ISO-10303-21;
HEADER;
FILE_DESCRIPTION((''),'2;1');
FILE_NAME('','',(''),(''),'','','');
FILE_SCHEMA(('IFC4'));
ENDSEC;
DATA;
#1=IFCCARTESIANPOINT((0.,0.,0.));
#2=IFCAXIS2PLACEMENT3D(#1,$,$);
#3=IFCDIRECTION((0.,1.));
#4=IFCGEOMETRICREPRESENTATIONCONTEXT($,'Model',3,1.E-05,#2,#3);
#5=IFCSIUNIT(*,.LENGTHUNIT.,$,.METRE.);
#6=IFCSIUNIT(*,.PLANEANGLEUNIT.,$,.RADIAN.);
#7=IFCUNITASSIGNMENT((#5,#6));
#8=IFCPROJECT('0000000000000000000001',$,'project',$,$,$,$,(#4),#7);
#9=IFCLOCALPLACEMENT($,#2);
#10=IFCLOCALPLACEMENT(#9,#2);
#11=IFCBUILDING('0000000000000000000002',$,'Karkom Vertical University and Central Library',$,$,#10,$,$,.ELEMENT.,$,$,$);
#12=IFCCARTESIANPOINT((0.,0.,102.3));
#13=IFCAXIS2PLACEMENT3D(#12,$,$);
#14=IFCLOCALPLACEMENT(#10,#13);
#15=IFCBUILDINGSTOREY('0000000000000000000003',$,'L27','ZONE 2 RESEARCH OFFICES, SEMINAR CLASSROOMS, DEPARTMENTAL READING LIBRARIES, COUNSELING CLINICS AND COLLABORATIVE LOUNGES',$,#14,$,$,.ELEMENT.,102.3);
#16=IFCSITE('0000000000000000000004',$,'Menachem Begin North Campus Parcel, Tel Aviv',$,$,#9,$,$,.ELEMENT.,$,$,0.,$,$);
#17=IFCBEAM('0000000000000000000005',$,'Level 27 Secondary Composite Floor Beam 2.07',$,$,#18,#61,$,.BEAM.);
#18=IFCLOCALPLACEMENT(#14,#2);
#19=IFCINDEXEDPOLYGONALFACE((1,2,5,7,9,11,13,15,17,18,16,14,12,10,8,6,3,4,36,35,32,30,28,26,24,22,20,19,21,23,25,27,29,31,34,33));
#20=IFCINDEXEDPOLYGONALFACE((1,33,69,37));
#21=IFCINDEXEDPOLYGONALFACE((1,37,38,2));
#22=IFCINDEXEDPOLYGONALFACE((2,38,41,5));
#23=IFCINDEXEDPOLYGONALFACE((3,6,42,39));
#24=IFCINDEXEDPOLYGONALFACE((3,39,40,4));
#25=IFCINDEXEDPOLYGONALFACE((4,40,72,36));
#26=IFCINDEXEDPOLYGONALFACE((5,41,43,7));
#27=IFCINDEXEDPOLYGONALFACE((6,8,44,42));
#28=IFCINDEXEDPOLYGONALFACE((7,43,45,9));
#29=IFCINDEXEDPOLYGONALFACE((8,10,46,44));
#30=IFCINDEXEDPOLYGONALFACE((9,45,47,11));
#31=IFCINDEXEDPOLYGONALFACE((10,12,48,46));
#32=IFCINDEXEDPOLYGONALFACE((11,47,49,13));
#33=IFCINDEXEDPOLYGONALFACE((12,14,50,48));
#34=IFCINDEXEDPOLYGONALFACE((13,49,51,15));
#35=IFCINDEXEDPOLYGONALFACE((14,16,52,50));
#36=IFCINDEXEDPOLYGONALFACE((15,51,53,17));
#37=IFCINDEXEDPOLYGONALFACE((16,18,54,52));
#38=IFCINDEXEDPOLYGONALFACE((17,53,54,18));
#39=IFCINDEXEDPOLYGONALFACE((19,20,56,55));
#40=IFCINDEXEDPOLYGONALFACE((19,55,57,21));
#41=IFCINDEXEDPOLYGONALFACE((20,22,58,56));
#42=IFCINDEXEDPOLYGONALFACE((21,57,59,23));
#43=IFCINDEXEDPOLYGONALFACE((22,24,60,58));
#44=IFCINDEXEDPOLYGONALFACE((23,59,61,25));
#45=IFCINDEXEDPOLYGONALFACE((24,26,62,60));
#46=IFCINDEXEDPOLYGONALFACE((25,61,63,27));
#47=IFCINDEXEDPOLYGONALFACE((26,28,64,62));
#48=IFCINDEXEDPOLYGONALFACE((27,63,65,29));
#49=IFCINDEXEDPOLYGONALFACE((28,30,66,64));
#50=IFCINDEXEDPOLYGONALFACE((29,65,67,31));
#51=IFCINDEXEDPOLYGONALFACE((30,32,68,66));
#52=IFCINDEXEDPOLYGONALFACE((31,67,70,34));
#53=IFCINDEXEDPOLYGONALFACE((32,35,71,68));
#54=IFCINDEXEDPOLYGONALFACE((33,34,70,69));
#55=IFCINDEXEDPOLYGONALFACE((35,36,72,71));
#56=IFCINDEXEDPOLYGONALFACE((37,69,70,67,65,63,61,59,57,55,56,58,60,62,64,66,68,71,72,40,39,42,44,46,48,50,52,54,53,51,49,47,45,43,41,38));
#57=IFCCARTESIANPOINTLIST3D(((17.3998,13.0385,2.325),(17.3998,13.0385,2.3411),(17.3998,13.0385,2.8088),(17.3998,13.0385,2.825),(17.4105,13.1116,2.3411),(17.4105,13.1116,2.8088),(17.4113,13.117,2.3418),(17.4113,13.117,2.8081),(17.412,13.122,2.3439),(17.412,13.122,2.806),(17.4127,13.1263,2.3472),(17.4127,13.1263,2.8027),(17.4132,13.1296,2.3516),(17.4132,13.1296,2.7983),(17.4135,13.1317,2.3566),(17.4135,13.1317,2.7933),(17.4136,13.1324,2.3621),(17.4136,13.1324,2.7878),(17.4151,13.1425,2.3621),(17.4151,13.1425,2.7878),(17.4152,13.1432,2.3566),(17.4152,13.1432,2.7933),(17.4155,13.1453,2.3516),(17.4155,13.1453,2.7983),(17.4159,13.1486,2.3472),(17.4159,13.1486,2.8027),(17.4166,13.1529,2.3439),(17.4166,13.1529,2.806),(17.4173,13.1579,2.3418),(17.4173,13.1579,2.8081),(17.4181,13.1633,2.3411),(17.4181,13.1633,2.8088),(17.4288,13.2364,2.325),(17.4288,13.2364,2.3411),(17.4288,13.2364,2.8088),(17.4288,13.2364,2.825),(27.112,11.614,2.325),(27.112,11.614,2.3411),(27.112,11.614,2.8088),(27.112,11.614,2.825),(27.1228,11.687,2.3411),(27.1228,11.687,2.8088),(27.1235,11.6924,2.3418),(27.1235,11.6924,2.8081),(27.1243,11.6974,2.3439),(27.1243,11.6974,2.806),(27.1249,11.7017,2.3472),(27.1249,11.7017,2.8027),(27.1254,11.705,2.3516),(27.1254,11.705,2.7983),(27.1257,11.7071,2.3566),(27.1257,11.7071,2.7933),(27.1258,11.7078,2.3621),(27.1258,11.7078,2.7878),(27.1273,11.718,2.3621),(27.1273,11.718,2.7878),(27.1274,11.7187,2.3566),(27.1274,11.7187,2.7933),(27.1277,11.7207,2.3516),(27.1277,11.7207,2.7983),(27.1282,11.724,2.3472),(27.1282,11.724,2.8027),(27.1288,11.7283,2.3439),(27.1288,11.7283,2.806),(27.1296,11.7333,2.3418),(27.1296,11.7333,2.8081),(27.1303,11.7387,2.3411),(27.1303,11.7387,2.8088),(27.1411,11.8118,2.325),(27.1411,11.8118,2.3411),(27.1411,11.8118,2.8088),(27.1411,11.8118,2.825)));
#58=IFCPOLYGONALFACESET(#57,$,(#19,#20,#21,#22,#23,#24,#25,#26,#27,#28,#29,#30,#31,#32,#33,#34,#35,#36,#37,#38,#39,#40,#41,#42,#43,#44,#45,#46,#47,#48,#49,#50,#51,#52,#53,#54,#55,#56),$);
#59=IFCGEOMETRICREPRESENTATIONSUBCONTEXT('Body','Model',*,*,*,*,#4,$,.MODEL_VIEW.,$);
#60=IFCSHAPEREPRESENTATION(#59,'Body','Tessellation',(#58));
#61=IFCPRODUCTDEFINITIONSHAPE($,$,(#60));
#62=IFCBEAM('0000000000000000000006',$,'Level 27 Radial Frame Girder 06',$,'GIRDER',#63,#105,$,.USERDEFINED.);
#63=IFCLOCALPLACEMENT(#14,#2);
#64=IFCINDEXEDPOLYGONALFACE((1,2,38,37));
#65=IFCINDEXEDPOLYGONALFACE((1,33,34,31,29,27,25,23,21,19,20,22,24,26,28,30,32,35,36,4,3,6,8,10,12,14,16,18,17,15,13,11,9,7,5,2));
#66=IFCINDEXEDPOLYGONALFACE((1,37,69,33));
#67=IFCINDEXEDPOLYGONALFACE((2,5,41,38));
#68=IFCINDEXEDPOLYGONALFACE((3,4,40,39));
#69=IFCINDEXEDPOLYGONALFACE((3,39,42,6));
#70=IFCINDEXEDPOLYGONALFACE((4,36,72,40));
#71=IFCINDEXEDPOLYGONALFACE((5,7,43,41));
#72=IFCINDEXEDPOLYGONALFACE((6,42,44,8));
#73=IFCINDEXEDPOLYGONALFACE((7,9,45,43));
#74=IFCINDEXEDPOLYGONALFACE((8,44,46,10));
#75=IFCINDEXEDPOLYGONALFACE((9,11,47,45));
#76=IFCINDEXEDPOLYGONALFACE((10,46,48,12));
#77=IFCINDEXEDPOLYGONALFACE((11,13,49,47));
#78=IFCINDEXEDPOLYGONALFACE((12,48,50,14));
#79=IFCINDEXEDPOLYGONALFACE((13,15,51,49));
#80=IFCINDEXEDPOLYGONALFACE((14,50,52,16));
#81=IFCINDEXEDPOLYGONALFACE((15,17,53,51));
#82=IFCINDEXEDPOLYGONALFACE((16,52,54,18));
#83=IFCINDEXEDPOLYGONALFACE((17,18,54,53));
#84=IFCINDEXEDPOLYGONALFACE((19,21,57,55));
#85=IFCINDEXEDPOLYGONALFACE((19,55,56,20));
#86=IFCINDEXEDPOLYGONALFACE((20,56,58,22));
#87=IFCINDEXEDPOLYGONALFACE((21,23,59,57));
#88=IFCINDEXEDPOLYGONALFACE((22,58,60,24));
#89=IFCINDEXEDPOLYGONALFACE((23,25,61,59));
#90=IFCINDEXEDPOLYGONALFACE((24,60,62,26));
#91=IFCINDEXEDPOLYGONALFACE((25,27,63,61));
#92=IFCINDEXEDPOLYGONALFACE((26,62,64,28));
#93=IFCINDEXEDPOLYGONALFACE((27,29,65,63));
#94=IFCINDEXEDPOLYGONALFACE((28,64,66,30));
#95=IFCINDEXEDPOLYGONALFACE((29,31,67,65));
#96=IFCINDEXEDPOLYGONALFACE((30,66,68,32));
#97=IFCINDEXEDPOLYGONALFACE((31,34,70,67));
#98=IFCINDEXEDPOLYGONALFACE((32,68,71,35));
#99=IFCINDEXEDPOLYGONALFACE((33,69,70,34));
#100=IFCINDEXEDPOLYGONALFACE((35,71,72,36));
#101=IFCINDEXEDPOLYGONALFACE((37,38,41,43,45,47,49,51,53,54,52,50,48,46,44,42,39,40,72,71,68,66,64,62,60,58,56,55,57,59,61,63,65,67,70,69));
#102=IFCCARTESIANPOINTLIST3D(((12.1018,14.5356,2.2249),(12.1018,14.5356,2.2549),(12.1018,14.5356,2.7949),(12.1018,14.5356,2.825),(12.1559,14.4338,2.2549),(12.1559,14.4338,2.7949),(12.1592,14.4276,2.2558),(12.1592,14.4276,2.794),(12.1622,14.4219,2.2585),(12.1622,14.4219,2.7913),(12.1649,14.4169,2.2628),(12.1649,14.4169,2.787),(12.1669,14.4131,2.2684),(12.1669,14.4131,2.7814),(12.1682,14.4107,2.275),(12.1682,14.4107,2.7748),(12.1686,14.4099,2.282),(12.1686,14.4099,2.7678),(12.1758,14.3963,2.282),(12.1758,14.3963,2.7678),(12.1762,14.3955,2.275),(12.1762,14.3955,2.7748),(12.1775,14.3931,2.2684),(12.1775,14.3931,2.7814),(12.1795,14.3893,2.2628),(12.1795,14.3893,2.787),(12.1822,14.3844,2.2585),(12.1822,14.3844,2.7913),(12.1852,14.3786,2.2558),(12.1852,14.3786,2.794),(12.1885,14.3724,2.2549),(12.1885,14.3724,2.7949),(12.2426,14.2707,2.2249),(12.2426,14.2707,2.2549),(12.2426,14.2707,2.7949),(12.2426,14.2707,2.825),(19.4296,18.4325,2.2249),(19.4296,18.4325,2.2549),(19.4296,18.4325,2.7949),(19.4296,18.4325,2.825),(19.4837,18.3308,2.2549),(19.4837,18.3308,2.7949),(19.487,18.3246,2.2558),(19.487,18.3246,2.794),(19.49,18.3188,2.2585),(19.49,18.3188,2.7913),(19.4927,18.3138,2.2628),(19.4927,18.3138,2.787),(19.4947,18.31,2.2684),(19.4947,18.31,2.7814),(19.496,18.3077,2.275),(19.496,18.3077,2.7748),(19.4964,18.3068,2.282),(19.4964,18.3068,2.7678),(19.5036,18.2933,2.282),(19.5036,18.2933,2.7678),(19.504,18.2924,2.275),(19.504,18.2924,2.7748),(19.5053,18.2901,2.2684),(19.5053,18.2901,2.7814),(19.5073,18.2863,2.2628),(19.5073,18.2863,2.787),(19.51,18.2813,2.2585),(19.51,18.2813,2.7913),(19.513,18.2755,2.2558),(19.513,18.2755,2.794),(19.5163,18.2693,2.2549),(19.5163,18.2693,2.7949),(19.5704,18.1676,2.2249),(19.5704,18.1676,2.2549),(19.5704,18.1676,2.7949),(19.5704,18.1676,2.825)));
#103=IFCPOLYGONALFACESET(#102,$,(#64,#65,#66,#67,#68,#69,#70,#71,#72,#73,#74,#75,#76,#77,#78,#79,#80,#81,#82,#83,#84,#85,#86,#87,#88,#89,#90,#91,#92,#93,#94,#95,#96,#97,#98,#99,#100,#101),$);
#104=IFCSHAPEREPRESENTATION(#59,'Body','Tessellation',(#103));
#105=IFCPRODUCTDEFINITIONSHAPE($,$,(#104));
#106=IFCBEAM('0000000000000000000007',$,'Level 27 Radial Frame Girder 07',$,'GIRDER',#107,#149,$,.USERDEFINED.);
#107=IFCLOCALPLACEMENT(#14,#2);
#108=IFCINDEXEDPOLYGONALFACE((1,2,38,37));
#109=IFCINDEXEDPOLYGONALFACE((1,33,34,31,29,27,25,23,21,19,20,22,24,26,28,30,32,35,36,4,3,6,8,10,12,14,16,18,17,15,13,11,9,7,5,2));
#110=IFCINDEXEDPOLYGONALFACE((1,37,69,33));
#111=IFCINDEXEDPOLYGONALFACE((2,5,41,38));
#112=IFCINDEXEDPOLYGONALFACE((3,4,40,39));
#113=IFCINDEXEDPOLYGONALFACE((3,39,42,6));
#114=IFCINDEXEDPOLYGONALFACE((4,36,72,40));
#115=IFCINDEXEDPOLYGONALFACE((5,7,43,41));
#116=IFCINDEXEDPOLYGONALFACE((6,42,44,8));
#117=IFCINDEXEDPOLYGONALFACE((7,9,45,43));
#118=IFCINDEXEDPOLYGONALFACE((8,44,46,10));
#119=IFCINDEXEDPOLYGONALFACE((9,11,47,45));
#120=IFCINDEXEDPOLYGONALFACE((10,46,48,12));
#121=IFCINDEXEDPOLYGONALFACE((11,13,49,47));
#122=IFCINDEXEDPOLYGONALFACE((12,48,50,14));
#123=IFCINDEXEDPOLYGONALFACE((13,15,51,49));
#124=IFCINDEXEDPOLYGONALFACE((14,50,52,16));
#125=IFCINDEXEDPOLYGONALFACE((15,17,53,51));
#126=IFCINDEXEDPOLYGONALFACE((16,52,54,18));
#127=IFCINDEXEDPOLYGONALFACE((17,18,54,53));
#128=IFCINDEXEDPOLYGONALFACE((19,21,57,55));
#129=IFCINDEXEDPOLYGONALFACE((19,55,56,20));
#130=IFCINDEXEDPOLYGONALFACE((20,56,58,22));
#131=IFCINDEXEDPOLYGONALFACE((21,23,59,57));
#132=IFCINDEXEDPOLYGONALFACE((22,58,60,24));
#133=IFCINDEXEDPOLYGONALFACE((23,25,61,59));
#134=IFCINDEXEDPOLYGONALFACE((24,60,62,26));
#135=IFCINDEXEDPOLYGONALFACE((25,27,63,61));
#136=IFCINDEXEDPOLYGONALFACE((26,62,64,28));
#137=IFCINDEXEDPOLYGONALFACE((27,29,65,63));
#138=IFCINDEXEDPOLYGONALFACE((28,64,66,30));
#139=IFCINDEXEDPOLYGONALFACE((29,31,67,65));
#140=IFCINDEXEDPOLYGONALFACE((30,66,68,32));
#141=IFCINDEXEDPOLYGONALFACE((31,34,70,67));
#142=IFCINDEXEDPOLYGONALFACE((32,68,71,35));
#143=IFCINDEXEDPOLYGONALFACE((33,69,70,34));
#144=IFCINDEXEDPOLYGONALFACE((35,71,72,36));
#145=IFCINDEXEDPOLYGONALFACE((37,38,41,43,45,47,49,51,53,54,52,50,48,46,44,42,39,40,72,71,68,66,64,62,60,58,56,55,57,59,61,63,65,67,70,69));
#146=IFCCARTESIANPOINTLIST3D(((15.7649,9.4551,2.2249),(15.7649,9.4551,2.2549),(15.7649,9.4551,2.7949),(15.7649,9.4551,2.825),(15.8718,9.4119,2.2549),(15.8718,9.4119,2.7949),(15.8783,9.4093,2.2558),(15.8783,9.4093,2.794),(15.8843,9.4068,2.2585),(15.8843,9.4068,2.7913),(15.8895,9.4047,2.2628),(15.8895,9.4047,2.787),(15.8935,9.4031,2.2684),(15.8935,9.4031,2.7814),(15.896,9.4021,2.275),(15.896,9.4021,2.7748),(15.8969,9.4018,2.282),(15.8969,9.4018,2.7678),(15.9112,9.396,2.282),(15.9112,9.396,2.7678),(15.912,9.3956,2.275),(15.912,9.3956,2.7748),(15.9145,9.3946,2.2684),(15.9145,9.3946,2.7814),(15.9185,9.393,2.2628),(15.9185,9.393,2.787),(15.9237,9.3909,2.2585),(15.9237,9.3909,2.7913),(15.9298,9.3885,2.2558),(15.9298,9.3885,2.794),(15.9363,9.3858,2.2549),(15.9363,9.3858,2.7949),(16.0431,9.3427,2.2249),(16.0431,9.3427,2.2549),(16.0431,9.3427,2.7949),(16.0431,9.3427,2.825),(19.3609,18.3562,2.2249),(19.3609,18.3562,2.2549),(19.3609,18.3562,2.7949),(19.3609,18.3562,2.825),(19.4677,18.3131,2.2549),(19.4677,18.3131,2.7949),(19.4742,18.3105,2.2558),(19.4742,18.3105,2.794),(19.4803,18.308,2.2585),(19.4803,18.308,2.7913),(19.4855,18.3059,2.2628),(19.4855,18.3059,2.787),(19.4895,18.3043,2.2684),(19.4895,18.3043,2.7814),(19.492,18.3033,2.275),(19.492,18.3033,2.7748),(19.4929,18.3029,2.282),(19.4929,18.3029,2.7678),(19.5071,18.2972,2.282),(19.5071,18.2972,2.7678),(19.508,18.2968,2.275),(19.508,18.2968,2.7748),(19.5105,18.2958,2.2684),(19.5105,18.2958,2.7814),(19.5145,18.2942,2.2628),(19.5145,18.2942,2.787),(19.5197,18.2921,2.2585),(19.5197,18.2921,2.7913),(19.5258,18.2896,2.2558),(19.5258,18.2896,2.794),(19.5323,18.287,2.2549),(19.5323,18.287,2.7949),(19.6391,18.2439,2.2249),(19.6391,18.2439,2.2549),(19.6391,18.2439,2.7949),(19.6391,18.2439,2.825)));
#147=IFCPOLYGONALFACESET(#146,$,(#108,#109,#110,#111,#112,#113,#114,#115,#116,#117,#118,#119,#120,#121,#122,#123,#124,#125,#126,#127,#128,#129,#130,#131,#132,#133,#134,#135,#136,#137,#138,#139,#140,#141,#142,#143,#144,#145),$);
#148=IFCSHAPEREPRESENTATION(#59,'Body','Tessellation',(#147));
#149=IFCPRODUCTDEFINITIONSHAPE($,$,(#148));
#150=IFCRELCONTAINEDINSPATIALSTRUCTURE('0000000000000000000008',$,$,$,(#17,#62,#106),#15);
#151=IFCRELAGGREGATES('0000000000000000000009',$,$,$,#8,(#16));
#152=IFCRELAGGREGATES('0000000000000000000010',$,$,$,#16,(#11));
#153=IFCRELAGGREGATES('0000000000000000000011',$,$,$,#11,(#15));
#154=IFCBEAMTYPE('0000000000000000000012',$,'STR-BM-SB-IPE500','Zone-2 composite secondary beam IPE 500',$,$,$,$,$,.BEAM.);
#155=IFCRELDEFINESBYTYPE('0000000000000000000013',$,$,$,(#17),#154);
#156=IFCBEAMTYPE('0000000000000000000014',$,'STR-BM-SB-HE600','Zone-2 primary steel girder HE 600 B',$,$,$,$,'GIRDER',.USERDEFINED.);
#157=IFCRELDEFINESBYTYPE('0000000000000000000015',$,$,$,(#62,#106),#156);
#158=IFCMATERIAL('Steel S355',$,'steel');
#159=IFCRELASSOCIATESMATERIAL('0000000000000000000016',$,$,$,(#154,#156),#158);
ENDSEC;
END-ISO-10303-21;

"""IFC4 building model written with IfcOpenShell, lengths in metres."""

from ifc_helpers import new_model, si_unit, direction, frame, origin, origin_with_axes, origin_2d, place, context, subcontext, project, spatial, i_section, extrude, source, transform, mapped, material, material_profile, profile_set, type_object, element, save


model = new_model("IFC4")

# Units and contexts
model_context = context("Model", 3, precision=1e-05, world=origin(), true_north=direction((0.0, 1.0)))
body_context = subcontext(model_context, "Body", "Model", "MODEL_VIEW")
ifc_project = project(units=[si_unit("LENGTHUNIT", "METRE"), si_unit("PLANEANGLEUNIT", "RADIAN")], contexts=[model_context])

# Site, building, storey
site_placement = place(None, origin())
site = spatial("IfcSite", under=ifc_project, at=site_placement, Name="Menachem Begin North Campus Parcel, Tel Aviv", CompositionType="ELEMENT", RefElevation=0.0)
building_placement = place(site_placement, origin())
building = spatial("IfcBuilding", under=site, at=building_placement, Name="Karkom Vertical University and Central Library", CompositionType="ELEMENT")
storey_placement = place(building_placement, frame((0.0, 0.0, 102.3)))
storey = spatial("IfcBuildingStorey", under=building, at=storey_placement, Name="L27", Description="ZONE 2 RESEARCH OFFICES, SEMINAR CLASSROOMS, DEPARTMENTAL READING LIBRARIES, COUNSELING CLINICS AND COLLABORATIVE LOUNGES", CompositionType="ELEMENT", Elevation=102.3)

# Beams
ifc_material_1 = material(Name="Steel S355", Category="steel")
ifc_material_profile_1 = material_profile(ifc_material_1, i_section(OverallWidth=0.2, OverallDepth=0.5, WebThickness=0.0103, FlangeThickness=0.0161, FilletRadius=0.021, at=origin_2d()), Name="IPE 500")
ifc_profile_set_1 = profile_set([ifc_material_profile_1], Name="Steel S355")
beam_type_1 = type_object("IfcBeamType", Name="STR-BM-SB-IPE500", Description="Zone-2 composite secondary beam IPE 500", PredefinedType="BEAM", material=ifc_profile_set_1)
shared_shape_1 = source(origin_with_axes(), body_context, "Body", "SweptSolid", [
    extrude(i_section(OverallWidth=0.2, OverallDepth=0.5, WebThickness=0.0103, FlangeThickness=0.0161, FilletRadius=0.021, at=origin_2d()), origin(), (0.0, 0.0, 1.0), 9.8162),
])
beam_1_placement = place(storey_placement, frame((17.4143, 13.1375, 2.575), z_axis=(0.989413, -0.145125, 0.0), x_axis=(0.145125, 0.989413, 0.0)))
element("IfcBeam", 1, at=beam_1_placement, inside=storey, type_object=beam_type_1, Name="Level 27 Secondary Composite Floor Beam 2.07", PredefinedType="BEAM", context=body_context, shape_type="MappedRepresentation", body=[
    mapped(shared_shape_1, transform((0.0, 0.0, 0.0), scale=1.0)),
])
ifc_material_profile_2 = material_profile(ifc_material_1, i_section(OverallWidth=0.3, OverallDepth=0.6001, WebThickness=0.0154, FlangeThickness=0.03, FilletRadius=0.0271, at=origin_2d()), Name="HE 600 B")
ifc_profile_set_2 = profile_set([ifc_material_profile_2], Name="Steel S355")
beam_type_2 = type_object("IfcBeamType", Name="STR-BM-SB-HE600", Description="Zone-2 primary steel girder HE 600 B", ElementType="GIRDER", PredefinedType="USERDEFINED", material=ifc_profile_set_2)
shared_shape_2 = source(origin_with_axes(), body_context, "Body", "SweptSolid", [
    extrude(i_section(OverallWidth=0.3, OverallDepth=0.6001, WebThickness=0.0154, FlangeThickness=0.03, FilletRadius=0.0271, at=origin_2d()), origin(), (0.0, 0.0, 1.0), 8.2996),
])
beam_2_placement = place(storey_placement, frame((19.5, 18.3, 2.5249), z_axis=(-0.882914, -0.469534, 0.0), x_axis=(0.469534, -0.882914, 0.0)))
element("IfcBeam", 2, at=beam_2_placement, inside=storey, type_object=beam_type_2, Name="Level 27 Radial Frame Girder 06", ObjectType="GIRDER", PredefinedType="USERDEFINED", context=body_context, shape_type="MappedRepresentation", body=[
    mapped(shared_shape_2, transform((0.0, 0.0, 0.0), scale=1.0)),
])
shared_shape_3 = source(origin_with_axes(), body_context, "Body", "SweptSolid", [
    extrude(i_section(OverallWidth=0.3, OverallDepth=0.6001, WebThickness=0.0154, FlangeThickness=0.03, FilletRadius=0.0271, at=origin_2d()), origin(), (0.0, 0.0, 1.0), 9.6001),
])
beam_3_placement = place(storey_placement, frame((19.5, 18.3, 2.5249), z_axis=(-0.374576, -0.927196, 0.0), x_axis=(0.927196, -0.374576, 0.0)))
element("IfcBeam", 3, at=beam_3_placement, inside=storey, type_object=beam_type_2, Name="Level 27 Radial Frame Girder 07", ObjectType="GIRDER", PredefinedType="USERDEFINED", context=body_context, shape_type="MappedRepresentation", body=[
    mapped(shared_shape_3, transform((0.0, 0.0, 0.0), scale=1.0)),
])

save(model, "model.ifc")
